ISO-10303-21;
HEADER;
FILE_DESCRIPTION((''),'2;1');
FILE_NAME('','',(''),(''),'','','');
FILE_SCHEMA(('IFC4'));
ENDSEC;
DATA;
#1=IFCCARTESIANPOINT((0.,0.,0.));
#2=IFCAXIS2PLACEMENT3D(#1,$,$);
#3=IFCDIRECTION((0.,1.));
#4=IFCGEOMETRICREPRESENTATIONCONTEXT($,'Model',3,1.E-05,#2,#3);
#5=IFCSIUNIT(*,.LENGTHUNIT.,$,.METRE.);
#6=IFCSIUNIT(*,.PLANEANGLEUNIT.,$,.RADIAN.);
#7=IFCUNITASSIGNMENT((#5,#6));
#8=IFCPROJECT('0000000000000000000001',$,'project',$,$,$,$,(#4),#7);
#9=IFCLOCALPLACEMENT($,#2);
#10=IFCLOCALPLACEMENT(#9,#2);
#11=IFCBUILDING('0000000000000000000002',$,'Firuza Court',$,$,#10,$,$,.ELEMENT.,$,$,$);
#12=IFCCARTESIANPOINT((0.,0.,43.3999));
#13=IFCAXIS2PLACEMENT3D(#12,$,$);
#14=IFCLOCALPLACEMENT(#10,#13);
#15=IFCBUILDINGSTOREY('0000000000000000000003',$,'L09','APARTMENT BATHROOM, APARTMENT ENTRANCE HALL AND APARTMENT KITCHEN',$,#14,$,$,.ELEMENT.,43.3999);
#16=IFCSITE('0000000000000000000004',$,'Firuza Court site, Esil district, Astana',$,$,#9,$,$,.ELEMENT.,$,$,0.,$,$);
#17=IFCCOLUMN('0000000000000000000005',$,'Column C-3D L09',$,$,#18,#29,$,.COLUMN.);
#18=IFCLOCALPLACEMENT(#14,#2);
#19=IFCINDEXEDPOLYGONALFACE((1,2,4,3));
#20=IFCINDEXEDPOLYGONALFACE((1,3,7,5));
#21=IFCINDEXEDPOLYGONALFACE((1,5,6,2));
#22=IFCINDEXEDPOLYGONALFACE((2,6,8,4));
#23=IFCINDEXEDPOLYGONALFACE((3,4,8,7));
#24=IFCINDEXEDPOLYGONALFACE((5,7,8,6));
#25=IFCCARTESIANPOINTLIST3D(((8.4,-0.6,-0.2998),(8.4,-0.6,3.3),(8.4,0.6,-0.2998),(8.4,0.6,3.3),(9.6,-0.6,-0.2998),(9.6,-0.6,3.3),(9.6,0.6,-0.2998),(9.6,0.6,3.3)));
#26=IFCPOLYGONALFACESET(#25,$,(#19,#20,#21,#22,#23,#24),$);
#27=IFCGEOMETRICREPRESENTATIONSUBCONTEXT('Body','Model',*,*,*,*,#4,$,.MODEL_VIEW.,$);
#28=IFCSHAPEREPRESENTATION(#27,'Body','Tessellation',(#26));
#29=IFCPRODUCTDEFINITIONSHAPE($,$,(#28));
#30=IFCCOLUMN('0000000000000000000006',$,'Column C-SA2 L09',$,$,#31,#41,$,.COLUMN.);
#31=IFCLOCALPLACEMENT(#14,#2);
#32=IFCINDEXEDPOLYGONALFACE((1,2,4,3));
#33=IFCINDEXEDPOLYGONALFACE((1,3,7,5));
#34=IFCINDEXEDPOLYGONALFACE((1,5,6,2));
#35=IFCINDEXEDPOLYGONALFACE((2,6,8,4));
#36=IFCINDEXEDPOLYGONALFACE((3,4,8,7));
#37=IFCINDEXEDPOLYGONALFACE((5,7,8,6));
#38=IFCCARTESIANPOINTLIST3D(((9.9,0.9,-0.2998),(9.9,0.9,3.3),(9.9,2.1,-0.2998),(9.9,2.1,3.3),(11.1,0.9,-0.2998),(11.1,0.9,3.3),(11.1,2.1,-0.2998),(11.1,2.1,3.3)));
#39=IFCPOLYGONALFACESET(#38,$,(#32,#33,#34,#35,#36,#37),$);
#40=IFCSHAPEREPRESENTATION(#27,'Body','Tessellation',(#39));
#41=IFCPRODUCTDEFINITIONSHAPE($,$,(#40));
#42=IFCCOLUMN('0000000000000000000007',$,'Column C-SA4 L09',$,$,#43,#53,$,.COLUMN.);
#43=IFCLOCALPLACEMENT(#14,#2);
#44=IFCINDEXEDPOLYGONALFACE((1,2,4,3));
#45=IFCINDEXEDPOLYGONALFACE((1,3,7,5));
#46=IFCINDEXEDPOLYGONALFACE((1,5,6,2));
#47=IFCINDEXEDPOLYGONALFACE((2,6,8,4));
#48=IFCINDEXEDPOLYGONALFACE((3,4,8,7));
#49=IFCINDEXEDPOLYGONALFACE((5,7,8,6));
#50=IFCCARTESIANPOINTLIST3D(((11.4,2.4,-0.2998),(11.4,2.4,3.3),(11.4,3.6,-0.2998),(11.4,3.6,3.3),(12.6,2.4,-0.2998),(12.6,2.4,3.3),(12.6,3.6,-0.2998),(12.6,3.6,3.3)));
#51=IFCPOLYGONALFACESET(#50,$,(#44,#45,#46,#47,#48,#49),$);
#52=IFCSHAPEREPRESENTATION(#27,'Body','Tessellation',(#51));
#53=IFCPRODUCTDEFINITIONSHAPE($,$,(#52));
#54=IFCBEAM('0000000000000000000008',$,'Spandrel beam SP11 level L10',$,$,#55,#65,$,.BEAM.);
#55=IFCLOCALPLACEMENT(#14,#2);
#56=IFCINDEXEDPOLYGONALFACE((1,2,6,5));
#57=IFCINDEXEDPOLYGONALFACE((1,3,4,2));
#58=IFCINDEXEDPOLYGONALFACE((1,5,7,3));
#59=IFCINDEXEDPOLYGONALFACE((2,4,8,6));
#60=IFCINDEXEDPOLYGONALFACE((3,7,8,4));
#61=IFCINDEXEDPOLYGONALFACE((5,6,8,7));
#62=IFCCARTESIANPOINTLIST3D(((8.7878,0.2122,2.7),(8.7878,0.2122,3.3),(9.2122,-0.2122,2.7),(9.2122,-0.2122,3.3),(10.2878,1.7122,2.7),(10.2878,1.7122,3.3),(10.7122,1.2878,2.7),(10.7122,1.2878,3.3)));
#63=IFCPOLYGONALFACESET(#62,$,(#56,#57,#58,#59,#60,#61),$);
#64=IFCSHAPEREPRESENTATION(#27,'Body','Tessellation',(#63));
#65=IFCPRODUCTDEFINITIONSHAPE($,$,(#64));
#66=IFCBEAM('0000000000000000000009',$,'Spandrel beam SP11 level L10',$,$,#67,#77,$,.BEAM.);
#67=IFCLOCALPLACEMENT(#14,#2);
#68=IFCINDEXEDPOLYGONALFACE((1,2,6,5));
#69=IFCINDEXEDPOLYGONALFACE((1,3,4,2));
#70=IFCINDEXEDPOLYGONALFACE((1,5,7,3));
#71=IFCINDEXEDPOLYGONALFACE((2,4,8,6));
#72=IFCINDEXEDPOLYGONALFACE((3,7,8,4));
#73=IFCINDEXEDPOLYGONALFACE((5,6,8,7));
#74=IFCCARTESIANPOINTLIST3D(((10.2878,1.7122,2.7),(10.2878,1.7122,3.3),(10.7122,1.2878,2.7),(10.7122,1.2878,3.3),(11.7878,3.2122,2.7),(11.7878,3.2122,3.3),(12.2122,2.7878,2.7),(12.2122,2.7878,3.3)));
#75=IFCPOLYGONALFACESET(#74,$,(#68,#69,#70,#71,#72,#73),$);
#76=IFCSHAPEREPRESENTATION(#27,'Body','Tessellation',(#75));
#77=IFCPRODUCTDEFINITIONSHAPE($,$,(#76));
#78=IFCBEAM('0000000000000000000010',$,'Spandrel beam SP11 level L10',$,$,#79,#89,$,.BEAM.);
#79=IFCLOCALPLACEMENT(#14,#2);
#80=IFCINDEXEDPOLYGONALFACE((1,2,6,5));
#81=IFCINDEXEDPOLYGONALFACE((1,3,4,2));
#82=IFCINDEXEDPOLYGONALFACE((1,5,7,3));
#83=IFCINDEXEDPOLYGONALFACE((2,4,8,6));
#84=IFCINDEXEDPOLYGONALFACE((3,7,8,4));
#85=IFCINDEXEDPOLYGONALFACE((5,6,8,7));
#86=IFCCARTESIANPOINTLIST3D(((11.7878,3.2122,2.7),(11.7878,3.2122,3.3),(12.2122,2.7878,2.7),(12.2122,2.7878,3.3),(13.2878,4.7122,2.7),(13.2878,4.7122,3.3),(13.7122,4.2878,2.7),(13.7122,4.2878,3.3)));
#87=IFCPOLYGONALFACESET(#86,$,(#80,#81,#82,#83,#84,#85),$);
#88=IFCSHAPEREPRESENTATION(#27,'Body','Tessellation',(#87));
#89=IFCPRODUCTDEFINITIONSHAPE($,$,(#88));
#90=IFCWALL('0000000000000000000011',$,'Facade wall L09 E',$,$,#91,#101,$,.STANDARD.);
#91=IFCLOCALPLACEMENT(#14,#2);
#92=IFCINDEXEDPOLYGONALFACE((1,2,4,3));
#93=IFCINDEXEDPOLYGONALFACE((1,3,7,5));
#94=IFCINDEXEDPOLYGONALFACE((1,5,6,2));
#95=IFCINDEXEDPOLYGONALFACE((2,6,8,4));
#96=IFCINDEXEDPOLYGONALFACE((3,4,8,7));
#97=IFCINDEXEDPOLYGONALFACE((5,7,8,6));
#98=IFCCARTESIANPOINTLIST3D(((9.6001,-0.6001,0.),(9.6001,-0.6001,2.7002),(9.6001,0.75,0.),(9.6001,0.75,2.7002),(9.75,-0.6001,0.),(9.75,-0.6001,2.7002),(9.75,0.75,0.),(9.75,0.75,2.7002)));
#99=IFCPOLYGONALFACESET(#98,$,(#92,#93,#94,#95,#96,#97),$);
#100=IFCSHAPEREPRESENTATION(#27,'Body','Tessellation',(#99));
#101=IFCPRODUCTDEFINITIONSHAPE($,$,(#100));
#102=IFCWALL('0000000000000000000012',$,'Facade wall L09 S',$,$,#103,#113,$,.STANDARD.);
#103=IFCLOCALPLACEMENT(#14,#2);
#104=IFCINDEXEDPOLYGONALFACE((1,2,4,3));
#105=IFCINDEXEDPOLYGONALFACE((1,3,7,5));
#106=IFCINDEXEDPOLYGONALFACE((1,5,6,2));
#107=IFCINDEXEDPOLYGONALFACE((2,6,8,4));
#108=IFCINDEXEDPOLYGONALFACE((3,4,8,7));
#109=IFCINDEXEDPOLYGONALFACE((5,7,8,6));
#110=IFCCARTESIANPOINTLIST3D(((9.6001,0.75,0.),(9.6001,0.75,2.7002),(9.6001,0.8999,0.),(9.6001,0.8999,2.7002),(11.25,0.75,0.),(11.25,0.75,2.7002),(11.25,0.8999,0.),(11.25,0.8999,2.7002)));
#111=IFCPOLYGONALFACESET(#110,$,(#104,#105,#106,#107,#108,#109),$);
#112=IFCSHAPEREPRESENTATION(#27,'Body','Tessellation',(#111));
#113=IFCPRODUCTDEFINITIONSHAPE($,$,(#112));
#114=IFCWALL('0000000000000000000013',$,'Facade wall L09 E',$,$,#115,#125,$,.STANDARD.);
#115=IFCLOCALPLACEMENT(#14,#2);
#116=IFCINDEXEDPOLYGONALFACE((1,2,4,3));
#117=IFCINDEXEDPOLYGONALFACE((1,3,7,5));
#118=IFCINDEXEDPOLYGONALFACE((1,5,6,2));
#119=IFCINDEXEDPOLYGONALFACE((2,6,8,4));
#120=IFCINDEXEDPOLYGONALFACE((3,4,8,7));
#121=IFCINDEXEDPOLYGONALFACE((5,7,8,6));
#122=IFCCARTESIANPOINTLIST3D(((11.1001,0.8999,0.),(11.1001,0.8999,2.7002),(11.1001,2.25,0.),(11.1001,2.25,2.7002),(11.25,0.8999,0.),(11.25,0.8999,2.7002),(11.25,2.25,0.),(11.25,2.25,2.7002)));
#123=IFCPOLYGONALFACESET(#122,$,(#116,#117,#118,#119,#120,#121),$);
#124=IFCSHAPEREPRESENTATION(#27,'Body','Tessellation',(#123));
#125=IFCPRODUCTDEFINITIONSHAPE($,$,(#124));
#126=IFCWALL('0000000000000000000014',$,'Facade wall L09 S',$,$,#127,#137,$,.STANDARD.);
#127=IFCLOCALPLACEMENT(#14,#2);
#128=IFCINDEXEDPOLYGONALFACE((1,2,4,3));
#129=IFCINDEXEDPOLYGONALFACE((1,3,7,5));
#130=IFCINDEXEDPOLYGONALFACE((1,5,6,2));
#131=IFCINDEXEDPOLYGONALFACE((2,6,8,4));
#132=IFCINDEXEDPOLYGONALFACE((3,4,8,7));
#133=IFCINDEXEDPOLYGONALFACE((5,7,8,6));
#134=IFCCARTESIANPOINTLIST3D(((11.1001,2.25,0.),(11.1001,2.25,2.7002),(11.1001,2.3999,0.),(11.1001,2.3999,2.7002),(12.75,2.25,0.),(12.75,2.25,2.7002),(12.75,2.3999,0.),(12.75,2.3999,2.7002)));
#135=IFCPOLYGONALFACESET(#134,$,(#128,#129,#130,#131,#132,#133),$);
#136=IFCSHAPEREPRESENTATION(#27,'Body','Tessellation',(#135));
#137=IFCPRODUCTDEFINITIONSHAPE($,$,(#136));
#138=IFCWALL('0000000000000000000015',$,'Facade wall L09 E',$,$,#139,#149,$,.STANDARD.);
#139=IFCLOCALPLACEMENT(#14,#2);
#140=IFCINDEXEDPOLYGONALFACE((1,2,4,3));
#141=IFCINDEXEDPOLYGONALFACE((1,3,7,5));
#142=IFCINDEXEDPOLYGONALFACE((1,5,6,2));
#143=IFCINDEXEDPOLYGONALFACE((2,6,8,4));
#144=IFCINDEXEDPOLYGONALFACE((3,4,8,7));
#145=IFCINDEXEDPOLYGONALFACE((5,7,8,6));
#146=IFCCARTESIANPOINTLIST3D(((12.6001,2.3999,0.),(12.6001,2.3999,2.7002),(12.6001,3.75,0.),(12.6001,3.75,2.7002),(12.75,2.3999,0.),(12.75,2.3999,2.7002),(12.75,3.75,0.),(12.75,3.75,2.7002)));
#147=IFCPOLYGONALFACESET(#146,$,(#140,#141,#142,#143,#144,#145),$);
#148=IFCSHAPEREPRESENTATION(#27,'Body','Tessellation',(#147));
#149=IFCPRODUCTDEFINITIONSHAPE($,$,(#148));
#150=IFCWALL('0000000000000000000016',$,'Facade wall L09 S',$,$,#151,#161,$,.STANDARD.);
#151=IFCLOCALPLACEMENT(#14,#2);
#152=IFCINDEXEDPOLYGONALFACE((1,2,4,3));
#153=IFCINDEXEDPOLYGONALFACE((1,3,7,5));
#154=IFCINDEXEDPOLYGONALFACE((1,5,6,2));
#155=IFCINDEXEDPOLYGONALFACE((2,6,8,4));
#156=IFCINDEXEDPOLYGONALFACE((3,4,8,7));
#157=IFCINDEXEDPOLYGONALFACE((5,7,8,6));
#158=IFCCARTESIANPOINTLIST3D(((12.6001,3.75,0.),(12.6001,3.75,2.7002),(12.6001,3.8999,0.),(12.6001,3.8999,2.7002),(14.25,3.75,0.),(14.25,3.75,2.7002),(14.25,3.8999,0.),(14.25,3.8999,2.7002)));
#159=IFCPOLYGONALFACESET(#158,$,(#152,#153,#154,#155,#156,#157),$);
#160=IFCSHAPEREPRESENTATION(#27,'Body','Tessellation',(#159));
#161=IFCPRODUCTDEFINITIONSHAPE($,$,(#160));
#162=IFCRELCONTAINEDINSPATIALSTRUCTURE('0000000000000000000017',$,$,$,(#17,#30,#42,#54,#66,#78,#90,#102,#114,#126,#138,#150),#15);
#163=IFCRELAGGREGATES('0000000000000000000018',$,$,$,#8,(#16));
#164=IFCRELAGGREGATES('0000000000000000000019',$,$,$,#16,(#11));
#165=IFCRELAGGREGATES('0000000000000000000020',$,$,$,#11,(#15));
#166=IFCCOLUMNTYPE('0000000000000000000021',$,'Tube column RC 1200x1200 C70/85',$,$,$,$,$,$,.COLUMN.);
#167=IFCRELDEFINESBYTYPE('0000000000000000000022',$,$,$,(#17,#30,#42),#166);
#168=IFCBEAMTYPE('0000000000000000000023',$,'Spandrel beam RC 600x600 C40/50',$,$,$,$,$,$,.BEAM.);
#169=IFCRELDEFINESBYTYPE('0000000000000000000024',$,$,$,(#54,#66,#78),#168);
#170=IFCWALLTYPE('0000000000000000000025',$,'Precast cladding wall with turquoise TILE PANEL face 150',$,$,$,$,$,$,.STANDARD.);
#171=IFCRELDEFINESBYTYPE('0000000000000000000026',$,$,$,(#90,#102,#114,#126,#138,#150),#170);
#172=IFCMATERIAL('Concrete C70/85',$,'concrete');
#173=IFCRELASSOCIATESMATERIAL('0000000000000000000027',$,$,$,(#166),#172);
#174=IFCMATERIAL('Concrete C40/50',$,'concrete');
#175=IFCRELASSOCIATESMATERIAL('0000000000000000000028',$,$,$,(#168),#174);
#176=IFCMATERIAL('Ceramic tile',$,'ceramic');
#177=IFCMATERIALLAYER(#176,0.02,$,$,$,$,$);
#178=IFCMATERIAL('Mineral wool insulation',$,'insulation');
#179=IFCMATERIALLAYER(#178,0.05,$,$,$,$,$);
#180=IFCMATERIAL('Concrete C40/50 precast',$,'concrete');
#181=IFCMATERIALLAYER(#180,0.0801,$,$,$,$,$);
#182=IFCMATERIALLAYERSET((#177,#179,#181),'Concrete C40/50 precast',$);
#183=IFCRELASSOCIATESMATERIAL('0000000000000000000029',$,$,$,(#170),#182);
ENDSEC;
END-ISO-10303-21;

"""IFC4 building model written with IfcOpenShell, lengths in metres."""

from ifc_helpers import new_model, si_unit, direction, frame, frame_2d, origin, origin_2d, place, context, subcontext, project, spatial, rectangle, extrude, material, layer, layer_set, material_profile, profile_set, type_object, element, save


model = new_model("IFC4")

# Units and contexts
model_context = context("Model", 3, precision=1e-05, world=origin(), true_north=direction((0.0, 1.0)))
body_context = subcontext(model_context, "Body", "Model", "MODEL_VIEW")
ifc_project = project(units=[si_unit("LENGTHUNIT", "METRE"), si_unit("PLANEANGLEUNIT", "RADIAN")], contexts=[model_context])

# Site, building, storey
site_placement = place(None, origin())
site = spatial("IfcSite", under=ifc_project, at=site_placement, Name="Firuza Court site, Esil district, Astana", CompositionType="ELEMENT", RefElevation=0.0)
building_placement = place(site_placement, origin())
building = spatial("IfcBuilding", under=site, at=building_placement, Name="Firuza Court", CompositionType="ELEMENT")
storey_placement = place(building_placement, frame((0.0, 0.0, 43.3999)))
storey = spatial("IfcBuildingStorey", under=building, at=storey_placement, Name="L09", Description="APARTMENT BATHROOM, APARTMENT ENTRANCE HALL AND APARTMENT KITCHEN", CompositionType="ELEMENT", Elevation=43.3999)

# Columns
ifc_material_1 = material(Name="Concrete C70/85", Category="concrete")
ifc_material_profile_1 = material_profile(ifc_material_1, rectangle(XDim=1.2, YDim=1.2, at=origin_2d()), Name="RC 1200x1200")
ifc_profile_set_1 = profile_set([ifc_material_profile_1], Name="Concrete C70/85")
column_type = type_object("IfcColumnType", Name="Tube column RC 1200x1200 C70/85", PredefinedType="COLUMN", material=ifc_profile_set_1)
for number, where, z_axis, x_axis, name in (
    (1, (9.0, 0.0, -0.2998), (0.0, 0.0, 1.0), (1.0, 0.0, 0.0), "Column C-3D L09"),
    (2, (10.5, 1.5, -0.2998), (0.0, 0.0, 1.0), (1.0, 0.0, 0.0), "Column C-SA2 L09"),
    (3, (12.0, 3.0, -0.2998), (0.0, 0.0, 1.0), (1.0, 0.0, 0.0), "Column C-SA4 L09"),
):
    element("IfcColumn", number, at=place(storey_placement, frame(where, z_axis=z_axis, x_axis=x_axis)), inside=storey, type_object=column_type, Name=name, PredefinedType="COLUMN", context=body_context, shape_type="SweptSolid", body=[
        extrude(rectangle(XDim=1.2, YDim=1.2, at=origin_2d()), origin(), (0.0, 0.0, 1.0), 3.5999),
    ])

# Beams
ifc_material_2 = material(Name="Concrete C40/50", Category="concrete")
ifc_material_profile_2 = material_profile(ifc_material_2, rectangle(XDim=0.6001, YDim=0.6001, at=origin_2d()), Name="RC 600x600")
ifc_profile_set_2 = profile_set([ifc_material_profile_2], Name="Concrete C40/50")
beam_type = type_object("IfcBeamType", Name="Spandrel beam RC 600x600 C40/50", PredefinedType="BEAM", material=ifc_profile_set_2)
for number, where, z_axis, x_axis, name in (
    (4, (9.0, 0.0, 3.0), (0.707107, 0.707107, 0.0), (-0.707107, 0.707107, 0.0), "Spandrel beam SP11 level L10"),
    (5, (10.5, 1.5, 3.0), (0.707107, 0.707107, 0.0), (-0.707107, 0.707107, 0.0), "Spandrel beam SP11 level L10"),
    (6, (12.0, 3.0, 3.0), (0.707107, 0.707107, 0.0), (-0.707107, 0.707107, 0.0), "Spandrel beam SP11 level L10"),
):
    element("IfcBeam", number, at=place(storey_placement, frame(where, z_axis=z_axis, x_axis=x_axis)), inside=storey, type_object=beam_type, Name=name, PredefinedType="BEAM", context=body_context, shape_type="SweptSolid", body=[
        extrude(rectangle(XDim=0.6001, YDim=0.6001, at=origin_2d()), origin(), (0.0, 0.0, 1.0), 2.1213),
    ])

# Walls
ifc_material_3 = material(Name="Ceramic tile", Category="ceramic")
ifc_layer_1 = layer(ifc_material_3, 0.02)
ifc_material_4 = material(Name="Mineral wool insulation", Category="insulation")
ifc_layer_2 = layer(ifc_material_4, 0.05)
ifc_material_5 = material(Name="Concrete C40/50 precast", Category="concrete")
ifc_layer_3 = layer(ifc_material_5, 0.0801)
ifc_layer_set = layer_set([ifc_layer_1, ifc_layer_2, ifc_layer_3], Name="Concrete C40/50 precast")
wall_type = type_object("IfcWallType", Name="Precast cladding wall with turquoise TILE PANEL face 150", PredefinedType="STANDARD", material=ifc_layer_set)
wall_1_placement = place(storey_placement, frame((9.675, -0.6001, 0.0), z_axis=(0.0, 0.0, 1.0), x_axis=(0.0, 1.0, 0.0)))
element("IfcWall", 7, at=wall_1_placement, inside=storey, type_object=wall_type, Name="Facade wall L09 E", PredefinedType="STANDARD", context=body_context, shape_type="SweptSolid", body=[
    extrude(rectangle(XDim=1.3501, YDim=0.1499, at=frame_2d((0.675, 0.0))), origin(), (0.0, 0.0, 1.0), 2.7002),
])
wall_2_placement = place(storey_placement, frame((9.6001, 0.825, 0.0), z_axis=(0.0, 0.0, 1.0), x_axis=(1.0, 0.0, 0.0)))
element("IfcWall", 8, at=wall_2_placement, inside=storey, type_object=wall_type, Name="Facade wall L09 S", PredefinedType="STANDARD", context=body_context, shape_type="SweptSolid", body=[
    extrude(rectangle(XDim=1.6499, YDim=0.1499, at=frame_2d((0.825, 0.0))), origin(), (0.0, 0.0, 1.0), 2.7002),
])
wall_3_placement = place(storey_placement, frame((11.175, 0.8999, 0.0), z_axis=(0.0, 0.0, 1.0), x_axis=(0.0, 1.0, 0.0)))
element("IfcWall", 9, at=wall_3_placement, inside=storey, type_object=wall_type, Name="Facade wall L09 E", PredefinedType="STANDARD", context=body_context, shape_type="SweptSolid", body=[
    extrude(rectangle(XDim=1.3501, YDim=0.1499, at=frame_2d((0.675, 0.0))), origin(), (0.0, 0.0, 1.0), 2.7002),
])
wall_4_placement = place(storey_placement, frame((11.1001, 2.325, 0.0), z_axis=(0.0, 0.0, 1.0), x_axis=(1.0, 0.0, 0.0)))
element("IfcWall", 10, at=wall_4_placement, inside=storey, type_object=wall_type, Name="Facade wall L09 S", PredefinedType="STANDARD", context=body_context, shape_type="SweptSolid", body=[
    extrude(rectangle(XDim=1.6499, YDim=0.1499, at=frame_2d((0.825, 0.0))), origin(), (0.0, 0.0, 1.0), 2.7002),
])
wall_5_placement = place(storey_placement, frame((12.675, 2.3999, 0.0), z_axis=(0.0, 0.0, 1.0), x_axis=(0.0, 1.0, 0.0)))
element("IfcWall", 11, at=wall_5_placement, inside=storey, type_object=wall_type, Name="Facade wall L09 E", PredefinedType="STANDARD", context=body_context, shape_type="SweptSolid", body=[
    extrude(rectangle(XDim=1.3501, YDim=0.1499, at=frame_2d((0.675, 0.0))), origin(), (0.0, 0.0, 1.0), 2.7002),
])
wall_6_placement = place(storey_placement, frame((12.6001, 3.825, 0.0), z_axis=(0.0, 0.0, 1.0), x_axis=(1.0, 0.0, 0.0)))
element("IfcWall", 12, at=wall_6_placement, inside=storey, type_object=wall_type, Name="Facade wall L09 S", PredefinedType="STANDARD", context=body_context, shape_type="SweptSolid", body=[
    extrude(rectangle(XDim=1.6499, YDim=0.1499, at=frame_2d((0.825, 0.0))), origin(), (0.0, 0.0, 1.0), 2.7002),
])

save(model, "model.ifc")
